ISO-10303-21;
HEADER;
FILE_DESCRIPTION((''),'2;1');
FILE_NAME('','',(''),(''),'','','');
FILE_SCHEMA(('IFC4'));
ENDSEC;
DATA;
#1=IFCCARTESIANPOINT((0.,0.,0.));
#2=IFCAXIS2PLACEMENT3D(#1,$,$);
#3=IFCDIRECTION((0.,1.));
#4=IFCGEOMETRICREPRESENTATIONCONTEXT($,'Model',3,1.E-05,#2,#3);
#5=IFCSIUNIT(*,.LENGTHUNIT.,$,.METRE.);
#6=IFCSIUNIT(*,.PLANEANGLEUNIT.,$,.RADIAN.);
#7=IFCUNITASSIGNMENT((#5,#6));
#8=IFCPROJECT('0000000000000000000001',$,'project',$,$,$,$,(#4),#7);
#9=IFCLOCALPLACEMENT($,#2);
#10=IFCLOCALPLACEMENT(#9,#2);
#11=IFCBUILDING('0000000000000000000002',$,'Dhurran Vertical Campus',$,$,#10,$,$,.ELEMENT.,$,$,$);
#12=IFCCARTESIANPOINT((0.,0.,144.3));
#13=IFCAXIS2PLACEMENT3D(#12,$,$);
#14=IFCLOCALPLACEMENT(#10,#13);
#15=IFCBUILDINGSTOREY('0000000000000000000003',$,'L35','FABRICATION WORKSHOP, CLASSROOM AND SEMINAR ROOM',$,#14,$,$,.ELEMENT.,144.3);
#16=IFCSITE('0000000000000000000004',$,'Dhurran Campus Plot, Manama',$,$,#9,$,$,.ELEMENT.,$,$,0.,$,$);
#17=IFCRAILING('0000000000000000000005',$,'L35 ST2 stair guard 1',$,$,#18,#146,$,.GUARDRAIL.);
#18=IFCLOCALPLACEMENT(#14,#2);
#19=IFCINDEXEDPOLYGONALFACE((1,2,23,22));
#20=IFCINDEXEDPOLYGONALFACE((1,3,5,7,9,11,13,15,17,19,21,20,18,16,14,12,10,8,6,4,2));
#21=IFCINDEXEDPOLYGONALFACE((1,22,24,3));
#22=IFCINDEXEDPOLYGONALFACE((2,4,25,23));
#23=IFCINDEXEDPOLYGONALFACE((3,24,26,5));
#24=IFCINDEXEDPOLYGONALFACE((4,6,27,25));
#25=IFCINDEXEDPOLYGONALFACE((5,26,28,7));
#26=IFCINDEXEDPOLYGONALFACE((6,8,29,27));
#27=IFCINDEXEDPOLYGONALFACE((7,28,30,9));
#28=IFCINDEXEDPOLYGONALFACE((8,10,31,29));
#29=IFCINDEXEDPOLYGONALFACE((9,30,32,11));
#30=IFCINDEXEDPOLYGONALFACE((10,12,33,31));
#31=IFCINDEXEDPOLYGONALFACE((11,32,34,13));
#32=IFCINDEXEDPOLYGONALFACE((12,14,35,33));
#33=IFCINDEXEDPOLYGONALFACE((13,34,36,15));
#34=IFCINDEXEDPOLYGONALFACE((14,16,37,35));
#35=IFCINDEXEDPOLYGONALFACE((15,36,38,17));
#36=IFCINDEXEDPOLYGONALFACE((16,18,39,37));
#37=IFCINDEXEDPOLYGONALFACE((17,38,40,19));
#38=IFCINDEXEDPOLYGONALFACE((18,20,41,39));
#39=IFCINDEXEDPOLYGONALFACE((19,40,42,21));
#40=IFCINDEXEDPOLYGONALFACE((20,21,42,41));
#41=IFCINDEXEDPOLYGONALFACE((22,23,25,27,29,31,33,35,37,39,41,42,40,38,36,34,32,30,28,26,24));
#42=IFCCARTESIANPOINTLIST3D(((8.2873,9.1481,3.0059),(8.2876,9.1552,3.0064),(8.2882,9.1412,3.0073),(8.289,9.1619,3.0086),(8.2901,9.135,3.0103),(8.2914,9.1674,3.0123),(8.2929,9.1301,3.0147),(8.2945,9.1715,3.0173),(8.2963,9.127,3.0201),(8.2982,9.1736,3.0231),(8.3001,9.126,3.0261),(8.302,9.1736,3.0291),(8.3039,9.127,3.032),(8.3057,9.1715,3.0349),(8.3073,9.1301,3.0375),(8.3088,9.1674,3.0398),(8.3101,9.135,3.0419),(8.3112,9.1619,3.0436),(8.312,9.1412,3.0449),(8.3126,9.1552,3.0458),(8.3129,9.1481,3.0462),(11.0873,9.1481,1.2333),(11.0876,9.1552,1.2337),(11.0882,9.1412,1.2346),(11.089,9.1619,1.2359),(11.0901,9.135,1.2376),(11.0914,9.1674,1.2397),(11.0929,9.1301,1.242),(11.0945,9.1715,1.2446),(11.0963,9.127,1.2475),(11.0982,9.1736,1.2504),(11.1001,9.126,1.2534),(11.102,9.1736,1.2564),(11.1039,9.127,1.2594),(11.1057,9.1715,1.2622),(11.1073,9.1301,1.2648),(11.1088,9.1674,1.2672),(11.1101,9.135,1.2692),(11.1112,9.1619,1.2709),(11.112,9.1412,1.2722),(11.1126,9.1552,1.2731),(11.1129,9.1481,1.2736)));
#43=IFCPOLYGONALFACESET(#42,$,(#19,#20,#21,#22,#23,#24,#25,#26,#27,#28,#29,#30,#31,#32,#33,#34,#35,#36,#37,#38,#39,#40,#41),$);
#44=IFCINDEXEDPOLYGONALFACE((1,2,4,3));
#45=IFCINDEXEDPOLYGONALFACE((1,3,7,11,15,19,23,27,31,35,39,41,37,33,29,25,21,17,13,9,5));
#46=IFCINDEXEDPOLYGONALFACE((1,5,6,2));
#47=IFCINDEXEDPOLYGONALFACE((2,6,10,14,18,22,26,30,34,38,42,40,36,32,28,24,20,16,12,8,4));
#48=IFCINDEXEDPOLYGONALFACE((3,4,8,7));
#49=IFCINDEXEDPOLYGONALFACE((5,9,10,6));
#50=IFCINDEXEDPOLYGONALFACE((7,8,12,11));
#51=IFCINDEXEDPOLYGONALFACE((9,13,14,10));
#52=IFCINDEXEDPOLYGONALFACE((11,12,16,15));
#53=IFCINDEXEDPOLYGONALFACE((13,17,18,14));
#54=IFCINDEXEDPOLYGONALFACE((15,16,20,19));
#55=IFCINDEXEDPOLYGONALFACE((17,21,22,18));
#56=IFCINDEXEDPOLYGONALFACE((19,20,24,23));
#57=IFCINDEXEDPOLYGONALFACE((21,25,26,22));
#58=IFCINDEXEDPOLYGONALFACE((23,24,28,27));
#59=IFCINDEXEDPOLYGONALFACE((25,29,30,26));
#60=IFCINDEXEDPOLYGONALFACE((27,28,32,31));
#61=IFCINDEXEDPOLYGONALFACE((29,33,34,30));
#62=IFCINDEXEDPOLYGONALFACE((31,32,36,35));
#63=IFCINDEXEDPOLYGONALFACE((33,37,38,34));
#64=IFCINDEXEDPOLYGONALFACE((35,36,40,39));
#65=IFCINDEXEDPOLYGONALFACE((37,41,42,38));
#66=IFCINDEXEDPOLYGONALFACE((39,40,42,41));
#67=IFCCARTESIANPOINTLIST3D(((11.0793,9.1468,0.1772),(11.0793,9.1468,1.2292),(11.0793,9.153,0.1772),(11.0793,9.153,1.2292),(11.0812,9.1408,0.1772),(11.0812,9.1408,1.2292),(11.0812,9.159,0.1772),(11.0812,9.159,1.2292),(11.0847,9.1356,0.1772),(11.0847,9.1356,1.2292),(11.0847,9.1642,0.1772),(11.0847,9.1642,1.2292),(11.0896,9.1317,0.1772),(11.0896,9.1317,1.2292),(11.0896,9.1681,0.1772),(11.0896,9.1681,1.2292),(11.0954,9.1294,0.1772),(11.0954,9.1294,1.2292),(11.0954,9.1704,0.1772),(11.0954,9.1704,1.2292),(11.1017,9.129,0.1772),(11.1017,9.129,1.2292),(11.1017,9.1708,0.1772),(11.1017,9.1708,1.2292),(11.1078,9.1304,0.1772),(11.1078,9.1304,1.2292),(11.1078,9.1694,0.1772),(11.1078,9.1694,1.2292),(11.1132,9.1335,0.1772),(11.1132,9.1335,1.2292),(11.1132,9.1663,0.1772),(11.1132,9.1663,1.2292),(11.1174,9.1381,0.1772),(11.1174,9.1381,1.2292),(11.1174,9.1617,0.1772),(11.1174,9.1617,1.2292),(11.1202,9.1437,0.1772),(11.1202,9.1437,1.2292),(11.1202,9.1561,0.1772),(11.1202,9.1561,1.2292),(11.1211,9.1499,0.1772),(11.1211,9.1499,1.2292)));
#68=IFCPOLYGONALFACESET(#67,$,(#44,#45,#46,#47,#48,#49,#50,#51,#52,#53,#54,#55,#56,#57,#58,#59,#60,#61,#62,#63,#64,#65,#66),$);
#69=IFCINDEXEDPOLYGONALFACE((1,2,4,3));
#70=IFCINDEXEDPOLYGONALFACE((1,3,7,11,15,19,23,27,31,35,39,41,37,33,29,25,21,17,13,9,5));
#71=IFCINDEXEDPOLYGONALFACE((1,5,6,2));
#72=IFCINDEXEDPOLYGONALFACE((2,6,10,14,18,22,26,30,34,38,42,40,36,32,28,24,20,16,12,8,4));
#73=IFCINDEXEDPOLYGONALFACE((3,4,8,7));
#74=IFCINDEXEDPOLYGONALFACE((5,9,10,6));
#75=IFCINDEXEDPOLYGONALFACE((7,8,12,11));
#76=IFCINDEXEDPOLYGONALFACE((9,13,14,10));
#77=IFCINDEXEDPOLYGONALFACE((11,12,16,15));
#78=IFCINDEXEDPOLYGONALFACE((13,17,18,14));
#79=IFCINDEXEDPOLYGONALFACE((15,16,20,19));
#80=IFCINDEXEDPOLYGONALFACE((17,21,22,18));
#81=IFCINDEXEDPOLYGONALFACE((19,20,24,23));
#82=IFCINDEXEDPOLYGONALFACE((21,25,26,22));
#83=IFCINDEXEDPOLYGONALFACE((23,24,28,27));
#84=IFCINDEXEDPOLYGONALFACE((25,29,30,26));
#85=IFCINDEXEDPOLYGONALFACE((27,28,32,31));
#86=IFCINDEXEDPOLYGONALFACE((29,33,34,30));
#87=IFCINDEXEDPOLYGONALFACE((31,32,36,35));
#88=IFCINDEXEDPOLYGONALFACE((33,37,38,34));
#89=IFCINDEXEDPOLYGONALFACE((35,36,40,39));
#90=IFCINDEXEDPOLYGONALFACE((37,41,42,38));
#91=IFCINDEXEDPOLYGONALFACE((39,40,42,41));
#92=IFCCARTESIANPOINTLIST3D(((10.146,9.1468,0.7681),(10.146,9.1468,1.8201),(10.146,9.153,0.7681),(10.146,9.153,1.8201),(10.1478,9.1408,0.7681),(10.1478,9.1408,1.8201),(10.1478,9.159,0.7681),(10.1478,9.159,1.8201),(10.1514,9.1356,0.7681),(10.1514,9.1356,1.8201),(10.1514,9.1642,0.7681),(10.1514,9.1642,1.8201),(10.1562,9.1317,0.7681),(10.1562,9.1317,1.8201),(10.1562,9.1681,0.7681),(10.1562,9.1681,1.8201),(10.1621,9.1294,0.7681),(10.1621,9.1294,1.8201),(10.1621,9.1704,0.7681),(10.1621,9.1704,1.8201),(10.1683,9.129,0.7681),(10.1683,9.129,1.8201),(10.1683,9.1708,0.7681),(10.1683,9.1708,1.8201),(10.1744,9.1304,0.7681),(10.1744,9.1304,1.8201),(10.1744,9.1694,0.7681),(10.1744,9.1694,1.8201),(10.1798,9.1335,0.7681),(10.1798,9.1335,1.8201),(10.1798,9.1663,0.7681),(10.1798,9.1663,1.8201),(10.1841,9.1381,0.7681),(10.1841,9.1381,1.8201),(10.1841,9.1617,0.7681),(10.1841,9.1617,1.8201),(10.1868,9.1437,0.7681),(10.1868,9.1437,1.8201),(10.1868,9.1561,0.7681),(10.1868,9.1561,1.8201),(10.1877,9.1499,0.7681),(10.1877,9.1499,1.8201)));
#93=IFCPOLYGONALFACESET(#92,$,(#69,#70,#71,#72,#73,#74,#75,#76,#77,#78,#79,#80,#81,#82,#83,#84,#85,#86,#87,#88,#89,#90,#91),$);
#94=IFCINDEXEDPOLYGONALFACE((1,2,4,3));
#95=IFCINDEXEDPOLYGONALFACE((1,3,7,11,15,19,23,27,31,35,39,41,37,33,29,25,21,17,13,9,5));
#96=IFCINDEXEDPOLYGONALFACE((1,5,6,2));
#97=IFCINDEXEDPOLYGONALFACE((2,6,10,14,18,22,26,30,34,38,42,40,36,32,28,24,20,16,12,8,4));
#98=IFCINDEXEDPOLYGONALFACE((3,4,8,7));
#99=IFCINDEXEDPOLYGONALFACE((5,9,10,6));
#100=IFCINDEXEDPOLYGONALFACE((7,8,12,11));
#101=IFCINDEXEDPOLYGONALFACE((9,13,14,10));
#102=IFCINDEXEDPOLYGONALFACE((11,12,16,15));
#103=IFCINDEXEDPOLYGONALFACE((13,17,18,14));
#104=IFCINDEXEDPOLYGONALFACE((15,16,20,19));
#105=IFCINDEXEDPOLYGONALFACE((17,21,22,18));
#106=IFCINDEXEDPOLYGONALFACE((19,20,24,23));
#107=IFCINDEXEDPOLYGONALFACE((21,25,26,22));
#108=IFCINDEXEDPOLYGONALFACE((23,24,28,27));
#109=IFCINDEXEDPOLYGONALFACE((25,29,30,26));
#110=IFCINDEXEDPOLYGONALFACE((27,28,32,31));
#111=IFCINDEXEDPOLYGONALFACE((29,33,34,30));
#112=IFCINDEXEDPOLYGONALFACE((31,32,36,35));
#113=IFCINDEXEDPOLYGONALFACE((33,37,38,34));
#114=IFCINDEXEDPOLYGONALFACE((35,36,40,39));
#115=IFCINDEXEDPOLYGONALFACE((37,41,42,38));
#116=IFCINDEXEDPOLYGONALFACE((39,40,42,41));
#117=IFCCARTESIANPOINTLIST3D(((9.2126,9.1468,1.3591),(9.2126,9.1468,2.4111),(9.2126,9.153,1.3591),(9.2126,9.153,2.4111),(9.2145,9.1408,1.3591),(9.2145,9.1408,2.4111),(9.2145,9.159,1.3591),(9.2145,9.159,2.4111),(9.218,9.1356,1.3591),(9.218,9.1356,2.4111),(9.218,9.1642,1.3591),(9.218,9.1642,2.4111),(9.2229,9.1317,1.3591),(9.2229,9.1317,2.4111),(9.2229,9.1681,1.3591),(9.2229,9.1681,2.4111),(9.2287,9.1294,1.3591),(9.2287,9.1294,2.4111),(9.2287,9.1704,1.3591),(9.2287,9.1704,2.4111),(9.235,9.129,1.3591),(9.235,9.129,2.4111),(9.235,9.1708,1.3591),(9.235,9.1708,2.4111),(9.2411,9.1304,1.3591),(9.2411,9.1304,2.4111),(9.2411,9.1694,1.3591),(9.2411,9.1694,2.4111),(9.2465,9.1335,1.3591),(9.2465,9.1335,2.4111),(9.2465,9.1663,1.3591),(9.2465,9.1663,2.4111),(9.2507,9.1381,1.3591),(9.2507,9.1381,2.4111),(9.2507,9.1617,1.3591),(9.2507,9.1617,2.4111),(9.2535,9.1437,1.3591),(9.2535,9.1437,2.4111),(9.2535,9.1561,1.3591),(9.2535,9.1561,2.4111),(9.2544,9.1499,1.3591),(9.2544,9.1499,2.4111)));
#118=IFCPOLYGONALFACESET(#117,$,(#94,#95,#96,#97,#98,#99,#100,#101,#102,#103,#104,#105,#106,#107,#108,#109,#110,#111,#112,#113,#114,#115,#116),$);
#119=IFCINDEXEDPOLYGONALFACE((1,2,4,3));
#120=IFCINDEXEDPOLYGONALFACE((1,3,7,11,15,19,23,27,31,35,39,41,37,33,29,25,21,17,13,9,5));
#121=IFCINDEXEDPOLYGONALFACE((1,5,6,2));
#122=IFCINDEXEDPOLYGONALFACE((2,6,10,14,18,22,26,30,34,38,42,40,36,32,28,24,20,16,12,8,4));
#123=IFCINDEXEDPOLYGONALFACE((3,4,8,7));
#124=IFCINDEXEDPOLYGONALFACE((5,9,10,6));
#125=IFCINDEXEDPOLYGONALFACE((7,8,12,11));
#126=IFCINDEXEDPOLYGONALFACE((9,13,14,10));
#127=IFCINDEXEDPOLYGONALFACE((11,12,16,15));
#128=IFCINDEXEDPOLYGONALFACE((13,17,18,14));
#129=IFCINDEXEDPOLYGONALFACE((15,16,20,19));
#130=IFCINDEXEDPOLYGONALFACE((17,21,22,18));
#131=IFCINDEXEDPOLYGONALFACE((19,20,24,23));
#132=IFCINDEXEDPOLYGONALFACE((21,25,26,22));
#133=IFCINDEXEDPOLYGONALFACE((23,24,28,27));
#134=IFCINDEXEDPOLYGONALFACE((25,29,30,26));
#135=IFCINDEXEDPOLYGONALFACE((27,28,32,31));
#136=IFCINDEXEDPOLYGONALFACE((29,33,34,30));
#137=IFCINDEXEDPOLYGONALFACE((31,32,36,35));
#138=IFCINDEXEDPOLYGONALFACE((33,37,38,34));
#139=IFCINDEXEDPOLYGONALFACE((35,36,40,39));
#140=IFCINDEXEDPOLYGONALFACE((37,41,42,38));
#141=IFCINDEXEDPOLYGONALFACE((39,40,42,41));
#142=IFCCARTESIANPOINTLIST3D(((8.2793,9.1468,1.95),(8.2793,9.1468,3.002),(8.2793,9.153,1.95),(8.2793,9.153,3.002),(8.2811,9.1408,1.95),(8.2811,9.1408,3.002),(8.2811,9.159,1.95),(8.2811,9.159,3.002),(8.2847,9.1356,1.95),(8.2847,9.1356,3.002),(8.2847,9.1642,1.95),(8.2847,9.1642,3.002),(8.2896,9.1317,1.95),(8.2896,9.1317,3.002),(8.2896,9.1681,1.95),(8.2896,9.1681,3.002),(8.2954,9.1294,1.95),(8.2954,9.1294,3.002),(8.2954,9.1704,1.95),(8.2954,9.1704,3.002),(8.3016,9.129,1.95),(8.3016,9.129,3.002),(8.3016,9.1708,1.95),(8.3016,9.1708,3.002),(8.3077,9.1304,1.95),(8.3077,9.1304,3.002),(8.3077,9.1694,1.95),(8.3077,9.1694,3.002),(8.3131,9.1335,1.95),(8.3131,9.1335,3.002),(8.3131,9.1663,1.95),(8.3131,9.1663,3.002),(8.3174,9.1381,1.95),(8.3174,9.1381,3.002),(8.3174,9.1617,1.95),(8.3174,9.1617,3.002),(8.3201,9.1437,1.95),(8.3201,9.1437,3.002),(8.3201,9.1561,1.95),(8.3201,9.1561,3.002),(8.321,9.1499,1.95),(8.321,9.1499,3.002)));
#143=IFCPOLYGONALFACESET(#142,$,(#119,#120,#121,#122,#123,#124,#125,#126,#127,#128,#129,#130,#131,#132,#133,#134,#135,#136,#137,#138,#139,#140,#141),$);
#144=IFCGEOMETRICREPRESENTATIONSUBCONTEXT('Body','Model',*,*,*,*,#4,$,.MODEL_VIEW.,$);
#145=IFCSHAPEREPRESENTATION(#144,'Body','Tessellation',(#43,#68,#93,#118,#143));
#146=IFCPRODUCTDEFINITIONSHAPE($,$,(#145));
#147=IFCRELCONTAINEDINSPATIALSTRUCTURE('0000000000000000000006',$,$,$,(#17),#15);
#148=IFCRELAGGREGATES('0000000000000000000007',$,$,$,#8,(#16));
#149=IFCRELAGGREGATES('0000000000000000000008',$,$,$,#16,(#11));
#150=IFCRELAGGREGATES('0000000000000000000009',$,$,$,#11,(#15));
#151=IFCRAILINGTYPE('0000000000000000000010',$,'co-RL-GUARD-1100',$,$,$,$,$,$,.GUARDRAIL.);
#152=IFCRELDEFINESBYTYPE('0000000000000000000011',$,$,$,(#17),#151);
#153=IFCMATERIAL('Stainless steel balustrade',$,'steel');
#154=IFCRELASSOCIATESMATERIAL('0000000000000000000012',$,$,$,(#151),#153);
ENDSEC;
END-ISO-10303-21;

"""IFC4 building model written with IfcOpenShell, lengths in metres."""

from ifc_helpers import new_model, si_unit, direction, frame, origin, origin_2d, place, context, subcontext, project, spatial, circle, extrude, material, type_object, element, save


model = new_model("IFC4")

# Units and contexts
model_context = context("Model", 3, precision=1e-05, world=origin(), true_north=direction((0.0, 1.0)))
body_context = subcontext(model_context, "Body", "Model", "MODEL_VIEW")
ifc_project = project(units=[si_unit("LENGTHUNIT", "METRE"), si_unit("PLANEANGLEUNIT", "RADIAN")], contexts=[model_context])

# Site, building, storey
site_placement = place(None, origin())
site = spatial("IfcSite", under=ifc_project, at=site_placement, Name="Dhurran Campus Plot, Manama", CompositionType="ELEMENT", RefElevation=0.0)
building_placement = place(site_placement, origin())
building = spatial("IfcBuilding", under=site, at=building_placement, Name="Dhurran Vertical Campus", CompositionType="ELEMENT")
storey_placement = place(building_placement, frame((0.0, 0.0, 144.3)))
storey = spatial("IfcBuildingStorey", under=building, at=storey_placement, Name="L35", Description="FABRICATION WORKSHOP, CLASSROOM AND SEMINAR ROOM", CompositionType="ELEMENT", Elevation=144.3)

# Railing
ifc_material_1 = material(Name="Stainless steel balustrade", Category="steel")
railing_type_1 = type_object("IfcRailingType", Name="co-RL-GUARD-1100", PredefinedType="GUARDRAIL", material=ifc_material_1)
railing_1_placement = place(storey_placement, frame((11.1001, 9.1499, 0.1772)))
element("IfcRailing", 1, at=railing_1_placement, inside=storey, type_object=railing_type_1, Name="L35 ST2 stair guard 1", PredefinedType="GUARDRAIL", context=body_context, shape_type="SweptSolid", body=[
    extrude(circle(Radius=0.0239, at=origin_2d()), frame((0.0, 0.0, 1.0762), z_axis=(-0.844909, 0.0, 0.53491), x_axis=(0.0, -1.0, 0.0)), (0.0, 0.0, 1.0), 3.314),
    extrude(circle(Radius=0.021, at=origin_2d()), origin(), (0.0, 0.0, 1.0), 1.052),
    extrude(circle(Radius=0.021, at=origin_2d()), frame((-0.9333, 0.0, 0.5908)), (0.0, 0.0, 1.0), 1.052),
    extrude(circle(Radius=0.021, at=origin_2d()), frame((-1.8667, 0.0, 1.1819)), (0.0, 0.0, 1.0), 1.052),
    extrude(circle(Radius=0.021, at=origin_2d()), frame((-2.8, 0.0, 1.7727)), (0.0, 0.0, 1.0), 1.052),
])

save(model, "model.ifc")
